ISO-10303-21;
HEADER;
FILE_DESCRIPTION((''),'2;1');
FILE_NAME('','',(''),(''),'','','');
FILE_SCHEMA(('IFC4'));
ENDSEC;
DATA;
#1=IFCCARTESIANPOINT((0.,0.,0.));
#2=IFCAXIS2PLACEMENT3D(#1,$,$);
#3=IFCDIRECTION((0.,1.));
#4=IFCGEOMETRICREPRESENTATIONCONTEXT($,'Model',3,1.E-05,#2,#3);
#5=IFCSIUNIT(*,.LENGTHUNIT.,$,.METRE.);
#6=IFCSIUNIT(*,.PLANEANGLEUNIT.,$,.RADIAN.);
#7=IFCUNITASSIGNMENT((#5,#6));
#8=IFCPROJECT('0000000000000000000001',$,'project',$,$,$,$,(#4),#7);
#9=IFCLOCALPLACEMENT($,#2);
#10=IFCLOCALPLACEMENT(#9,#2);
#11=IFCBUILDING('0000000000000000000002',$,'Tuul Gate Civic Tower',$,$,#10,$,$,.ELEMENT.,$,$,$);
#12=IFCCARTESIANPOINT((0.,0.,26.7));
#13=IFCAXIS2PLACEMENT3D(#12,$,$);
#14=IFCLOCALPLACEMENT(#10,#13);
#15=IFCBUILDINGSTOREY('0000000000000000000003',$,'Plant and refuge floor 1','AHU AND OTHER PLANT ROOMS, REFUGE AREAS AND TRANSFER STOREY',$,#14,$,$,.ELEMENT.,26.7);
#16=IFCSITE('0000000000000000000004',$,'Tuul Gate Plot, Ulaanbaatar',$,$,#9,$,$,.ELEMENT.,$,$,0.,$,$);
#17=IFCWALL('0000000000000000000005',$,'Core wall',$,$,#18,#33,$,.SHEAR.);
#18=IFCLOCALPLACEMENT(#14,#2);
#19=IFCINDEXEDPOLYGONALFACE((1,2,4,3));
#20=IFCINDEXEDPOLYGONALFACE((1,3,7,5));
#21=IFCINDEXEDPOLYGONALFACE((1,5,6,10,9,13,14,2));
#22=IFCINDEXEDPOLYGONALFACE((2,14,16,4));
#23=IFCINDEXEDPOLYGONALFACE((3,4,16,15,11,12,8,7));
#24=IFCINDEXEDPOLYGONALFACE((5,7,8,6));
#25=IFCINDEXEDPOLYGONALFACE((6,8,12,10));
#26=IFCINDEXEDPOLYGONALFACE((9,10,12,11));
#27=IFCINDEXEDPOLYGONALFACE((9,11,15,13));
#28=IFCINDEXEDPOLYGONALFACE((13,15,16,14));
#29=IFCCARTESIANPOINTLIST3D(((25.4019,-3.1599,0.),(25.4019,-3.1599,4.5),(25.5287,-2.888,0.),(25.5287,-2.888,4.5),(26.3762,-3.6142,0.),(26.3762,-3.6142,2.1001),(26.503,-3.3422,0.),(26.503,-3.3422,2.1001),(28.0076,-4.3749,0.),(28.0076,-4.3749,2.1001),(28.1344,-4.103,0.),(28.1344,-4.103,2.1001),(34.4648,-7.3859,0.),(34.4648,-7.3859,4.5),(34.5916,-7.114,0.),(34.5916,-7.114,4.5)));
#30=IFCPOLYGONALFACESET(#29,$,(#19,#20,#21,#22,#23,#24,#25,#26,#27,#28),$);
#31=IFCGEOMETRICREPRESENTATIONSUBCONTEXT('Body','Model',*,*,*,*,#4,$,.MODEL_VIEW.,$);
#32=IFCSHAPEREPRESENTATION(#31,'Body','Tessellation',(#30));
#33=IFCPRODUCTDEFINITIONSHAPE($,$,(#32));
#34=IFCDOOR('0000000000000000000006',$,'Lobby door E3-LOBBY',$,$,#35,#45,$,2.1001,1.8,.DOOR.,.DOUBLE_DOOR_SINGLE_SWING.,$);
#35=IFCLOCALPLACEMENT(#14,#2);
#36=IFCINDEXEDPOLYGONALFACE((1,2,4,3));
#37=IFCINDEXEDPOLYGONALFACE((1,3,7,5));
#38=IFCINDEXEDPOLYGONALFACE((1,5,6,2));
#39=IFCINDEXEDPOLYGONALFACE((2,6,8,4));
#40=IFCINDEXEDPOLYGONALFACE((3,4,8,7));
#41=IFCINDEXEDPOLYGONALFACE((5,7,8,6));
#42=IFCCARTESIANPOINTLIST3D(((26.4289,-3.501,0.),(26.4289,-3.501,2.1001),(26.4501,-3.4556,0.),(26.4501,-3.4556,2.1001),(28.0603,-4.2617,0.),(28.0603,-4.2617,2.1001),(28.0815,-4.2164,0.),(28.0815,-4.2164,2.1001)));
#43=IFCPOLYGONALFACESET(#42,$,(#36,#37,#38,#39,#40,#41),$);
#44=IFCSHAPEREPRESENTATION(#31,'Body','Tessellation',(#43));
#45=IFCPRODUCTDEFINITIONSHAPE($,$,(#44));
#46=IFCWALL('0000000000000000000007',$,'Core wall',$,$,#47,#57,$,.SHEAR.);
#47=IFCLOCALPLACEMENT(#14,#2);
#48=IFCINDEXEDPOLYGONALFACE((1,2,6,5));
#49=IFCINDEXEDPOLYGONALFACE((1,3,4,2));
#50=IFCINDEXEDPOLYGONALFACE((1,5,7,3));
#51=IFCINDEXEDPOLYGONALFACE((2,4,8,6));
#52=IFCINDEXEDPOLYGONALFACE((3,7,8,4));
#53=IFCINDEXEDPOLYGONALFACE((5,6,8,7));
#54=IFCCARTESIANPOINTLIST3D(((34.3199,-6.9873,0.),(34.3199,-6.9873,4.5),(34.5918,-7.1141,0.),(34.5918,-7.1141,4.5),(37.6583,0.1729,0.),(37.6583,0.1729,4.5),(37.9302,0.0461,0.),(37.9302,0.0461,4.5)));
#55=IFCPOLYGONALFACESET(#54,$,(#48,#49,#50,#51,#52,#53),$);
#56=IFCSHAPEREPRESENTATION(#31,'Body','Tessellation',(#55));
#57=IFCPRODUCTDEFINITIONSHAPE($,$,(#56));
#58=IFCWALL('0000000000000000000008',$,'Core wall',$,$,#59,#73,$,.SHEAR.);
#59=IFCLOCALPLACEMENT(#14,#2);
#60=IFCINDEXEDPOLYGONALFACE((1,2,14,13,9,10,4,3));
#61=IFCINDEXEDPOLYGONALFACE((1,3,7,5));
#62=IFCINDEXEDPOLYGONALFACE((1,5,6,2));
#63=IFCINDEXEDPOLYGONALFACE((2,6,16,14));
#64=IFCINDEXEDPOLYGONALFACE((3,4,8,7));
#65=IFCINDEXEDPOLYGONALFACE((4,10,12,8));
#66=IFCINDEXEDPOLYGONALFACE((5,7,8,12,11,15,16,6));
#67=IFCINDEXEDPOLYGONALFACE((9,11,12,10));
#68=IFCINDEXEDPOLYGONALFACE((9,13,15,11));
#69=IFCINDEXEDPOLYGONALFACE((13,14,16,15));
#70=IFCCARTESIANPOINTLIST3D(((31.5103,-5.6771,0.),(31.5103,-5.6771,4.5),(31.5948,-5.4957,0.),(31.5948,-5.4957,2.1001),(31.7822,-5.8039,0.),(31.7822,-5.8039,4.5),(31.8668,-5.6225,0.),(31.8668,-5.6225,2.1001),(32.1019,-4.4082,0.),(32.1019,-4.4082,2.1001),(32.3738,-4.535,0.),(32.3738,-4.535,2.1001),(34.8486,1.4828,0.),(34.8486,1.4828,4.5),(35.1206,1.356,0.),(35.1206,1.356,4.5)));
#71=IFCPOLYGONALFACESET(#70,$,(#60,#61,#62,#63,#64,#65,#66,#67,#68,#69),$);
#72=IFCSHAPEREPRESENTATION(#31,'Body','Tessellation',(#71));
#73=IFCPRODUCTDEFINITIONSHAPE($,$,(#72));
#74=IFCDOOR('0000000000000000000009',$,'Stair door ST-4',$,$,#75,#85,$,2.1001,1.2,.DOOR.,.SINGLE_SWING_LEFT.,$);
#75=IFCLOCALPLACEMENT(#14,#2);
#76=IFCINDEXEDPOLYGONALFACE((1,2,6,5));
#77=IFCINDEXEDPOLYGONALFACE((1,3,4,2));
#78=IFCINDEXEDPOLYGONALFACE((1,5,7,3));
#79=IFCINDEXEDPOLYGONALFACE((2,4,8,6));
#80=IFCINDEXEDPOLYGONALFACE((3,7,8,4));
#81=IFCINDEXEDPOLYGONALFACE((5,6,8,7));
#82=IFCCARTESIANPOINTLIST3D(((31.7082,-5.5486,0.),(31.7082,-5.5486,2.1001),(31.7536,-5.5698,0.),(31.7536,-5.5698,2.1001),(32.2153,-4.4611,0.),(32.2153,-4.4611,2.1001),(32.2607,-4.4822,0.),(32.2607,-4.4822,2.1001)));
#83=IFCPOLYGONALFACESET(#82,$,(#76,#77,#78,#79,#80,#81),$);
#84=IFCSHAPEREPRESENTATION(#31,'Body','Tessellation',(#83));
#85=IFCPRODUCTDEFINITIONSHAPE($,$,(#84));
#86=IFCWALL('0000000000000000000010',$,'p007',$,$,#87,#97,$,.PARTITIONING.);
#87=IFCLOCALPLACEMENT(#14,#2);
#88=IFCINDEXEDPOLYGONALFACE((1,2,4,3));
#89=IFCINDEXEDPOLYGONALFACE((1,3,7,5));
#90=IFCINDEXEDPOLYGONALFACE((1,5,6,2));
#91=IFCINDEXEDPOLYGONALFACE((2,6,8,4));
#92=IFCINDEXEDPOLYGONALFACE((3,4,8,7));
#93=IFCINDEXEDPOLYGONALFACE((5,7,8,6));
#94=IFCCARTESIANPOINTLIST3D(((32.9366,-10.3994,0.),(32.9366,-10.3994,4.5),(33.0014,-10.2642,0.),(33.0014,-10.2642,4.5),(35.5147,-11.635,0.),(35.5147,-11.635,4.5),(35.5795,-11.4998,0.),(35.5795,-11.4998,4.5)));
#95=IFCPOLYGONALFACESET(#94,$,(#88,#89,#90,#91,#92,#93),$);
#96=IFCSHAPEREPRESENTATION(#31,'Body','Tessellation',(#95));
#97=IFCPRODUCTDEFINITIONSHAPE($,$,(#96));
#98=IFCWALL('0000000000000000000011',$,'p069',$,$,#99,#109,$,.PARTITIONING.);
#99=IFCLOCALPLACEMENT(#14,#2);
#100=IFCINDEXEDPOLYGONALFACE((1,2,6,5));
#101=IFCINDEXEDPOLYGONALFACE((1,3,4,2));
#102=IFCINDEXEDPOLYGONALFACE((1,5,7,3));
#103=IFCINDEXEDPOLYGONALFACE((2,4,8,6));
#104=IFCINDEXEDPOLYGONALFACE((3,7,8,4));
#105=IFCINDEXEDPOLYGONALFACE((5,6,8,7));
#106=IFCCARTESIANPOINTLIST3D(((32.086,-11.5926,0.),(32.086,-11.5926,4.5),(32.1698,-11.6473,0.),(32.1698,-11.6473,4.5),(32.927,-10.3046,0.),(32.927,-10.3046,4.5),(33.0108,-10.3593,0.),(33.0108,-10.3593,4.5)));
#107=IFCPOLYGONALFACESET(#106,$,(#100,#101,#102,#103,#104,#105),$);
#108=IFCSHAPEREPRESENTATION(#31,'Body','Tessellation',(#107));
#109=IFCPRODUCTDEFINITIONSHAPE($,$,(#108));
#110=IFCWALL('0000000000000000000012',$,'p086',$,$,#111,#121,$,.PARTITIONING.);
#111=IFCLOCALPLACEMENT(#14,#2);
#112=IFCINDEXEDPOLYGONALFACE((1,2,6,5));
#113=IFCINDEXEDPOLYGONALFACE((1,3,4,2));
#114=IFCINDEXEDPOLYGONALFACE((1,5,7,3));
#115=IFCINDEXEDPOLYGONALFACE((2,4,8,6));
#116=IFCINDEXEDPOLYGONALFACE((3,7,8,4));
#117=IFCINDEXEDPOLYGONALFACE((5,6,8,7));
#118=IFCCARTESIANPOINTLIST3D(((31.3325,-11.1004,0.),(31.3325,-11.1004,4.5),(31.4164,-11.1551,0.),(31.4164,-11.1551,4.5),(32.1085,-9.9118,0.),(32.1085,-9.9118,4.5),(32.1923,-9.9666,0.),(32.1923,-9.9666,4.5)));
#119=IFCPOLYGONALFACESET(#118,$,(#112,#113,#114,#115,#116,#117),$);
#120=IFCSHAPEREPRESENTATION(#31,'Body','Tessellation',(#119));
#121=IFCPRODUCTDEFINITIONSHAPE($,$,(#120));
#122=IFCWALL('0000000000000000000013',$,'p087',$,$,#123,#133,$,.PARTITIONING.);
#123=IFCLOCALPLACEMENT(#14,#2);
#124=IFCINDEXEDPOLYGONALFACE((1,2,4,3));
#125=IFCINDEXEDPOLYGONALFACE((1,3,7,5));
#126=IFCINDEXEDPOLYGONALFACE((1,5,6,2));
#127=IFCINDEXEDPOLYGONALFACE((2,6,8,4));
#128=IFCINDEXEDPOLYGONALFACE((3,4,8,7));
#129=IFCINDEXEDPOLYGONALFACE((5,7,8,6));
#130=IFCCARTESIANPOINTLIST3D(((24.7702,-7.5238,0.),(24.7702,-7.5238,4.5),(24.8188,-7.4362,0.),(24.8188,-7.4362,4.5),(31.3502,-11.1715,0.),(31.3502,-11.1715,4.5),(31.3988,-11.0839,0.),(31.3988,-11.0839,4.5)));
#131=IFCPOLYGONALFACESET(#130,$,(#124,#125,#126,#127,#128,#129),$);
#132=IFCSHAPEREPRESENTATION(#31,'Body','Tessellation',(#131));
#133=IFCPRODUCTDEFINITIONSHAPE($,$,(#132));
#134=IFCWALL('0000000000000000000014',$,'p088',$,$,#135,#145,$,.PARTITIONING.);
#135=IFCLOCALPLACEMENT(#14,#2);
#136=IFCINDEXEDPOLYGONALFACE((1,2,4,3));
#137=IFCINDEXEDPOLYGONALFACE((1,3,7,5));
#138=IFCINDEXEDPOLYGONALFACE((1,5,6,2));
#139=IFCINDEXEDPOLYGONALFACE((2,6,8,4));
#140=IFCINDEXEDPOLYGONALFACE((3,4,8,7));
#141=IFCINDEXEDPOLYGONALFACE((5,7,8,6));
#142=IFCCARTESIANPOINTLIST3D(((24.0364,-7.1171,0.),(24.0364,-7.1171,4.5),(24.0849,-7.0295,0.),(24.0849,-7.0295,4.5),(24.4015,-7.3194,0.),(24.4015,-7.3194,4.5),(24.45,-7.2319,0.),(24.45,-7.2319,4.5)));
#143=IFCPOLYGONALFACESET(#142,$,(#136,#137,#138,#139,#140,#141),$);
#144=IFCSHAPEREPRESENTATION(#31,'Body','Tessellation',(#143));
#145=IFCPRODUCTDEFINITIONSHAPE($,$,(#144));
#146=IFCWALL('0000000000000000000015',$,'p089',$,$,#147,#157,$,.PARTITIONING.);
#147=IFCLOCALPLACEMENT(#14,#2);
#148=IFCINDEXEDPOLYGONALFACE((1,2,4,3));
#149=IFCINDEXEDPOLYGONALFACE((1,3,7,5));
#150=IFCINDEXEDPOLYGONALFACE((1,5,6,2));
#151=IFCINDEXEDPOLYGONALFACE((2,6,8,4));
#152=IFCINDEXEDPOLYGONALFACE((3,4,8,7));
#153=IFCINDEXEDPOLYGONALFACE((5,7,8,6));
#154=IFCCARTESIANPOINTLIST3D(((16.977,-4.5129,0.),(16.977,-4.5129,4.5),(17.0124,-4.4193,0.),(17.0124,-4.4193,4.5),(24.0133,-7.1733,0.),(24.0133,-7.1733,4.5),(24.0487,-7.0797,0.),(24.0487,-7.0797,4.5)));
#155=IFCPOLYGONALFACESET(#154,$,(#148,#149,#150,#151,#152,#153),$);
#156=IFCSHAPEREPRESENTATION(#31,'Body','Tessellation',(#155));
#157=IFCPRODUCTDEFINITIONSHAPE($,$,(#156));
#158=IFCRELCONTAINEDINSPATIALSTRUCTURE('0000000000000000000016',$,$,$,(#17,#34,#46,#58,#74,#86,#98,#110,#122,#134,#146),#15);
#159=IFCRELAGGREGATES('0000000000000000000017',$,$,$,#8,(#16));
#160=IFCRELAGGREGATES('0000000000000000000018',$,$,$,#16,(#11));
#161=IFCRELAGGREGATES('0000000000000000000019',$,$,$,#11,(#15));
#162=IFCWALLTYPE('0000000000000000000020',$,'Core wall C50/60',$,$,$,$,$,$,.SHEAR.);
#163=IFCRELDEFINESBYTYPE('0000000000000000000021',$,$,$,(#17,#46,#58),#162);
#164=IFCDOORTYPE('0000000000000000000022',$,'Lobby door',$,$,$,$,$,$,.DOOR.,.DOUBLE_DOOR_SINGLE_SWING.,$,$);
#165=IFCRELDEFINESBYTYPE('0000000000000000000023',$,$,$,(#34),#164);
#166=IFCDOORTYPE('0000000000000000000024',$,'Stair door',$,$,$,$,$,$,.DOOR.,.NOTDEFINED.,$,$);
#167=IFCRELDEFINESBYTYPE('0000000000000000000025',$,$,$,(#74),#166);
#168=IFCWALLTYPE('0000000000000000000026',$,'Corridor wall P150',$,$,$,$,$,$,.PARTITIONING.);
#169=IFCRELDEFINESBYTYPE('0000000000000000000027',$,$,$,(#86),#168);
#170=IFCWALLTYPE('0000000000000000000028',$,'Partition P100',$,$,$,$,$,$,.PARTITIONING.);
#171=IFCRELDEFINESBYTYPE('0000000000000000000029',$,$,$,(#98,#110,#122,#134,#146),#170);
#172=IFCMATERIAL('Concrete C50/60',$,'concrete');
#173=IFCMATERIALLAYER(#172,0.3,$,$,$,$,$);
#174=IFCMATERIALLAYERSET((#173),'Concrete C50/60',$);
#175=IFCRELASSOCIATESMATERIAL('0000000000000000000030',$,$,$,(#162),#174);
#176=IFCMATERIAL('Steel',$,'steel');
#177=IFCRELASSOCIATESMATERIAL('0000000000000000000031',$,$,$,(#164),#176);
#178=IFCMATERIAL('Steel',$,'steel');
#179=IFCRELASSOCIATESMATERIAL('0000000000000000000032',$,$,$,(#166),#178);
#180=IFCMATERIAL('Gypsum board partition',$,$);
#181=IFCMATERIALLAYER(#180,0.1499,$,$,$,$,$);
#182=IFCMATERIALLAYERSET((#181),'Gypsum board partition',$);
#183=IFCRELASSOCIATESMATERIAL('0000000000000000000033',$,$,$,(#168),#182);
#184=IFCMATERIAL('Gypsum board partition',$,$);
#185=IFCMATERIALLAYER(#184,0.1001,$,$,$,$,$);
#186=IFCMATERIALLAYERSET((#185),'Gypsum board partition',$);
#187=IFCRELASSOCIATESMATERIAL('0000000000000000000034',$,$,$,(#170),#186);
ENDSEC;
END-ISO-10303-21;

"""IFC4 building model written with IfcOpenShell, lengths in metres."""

from ifc_helpers import new_model, si_unit, direction, frame, frame_2d, origin, place, context, subcontext, project, spatial, rectangle, extrude, material, layer, layer_set, type_object, element, fill, save


model = new_model("IFC4")

# Units and contexts
model_context = context("Model", 3, precision=1e-05, world=origin(), true_north=direction((0.0, 1.0)))
body_context = subcontext(model_context, "Body", "Model", "MODEL_VIEW")
ifc_project = project(units=[si_unit("LENGTHUNIT", "METRE"), si_unit("PLANEANGLEUNIT", "RADIAN")], contexts=[model_context])

# Site, building, storey
site_placement = place(None, origin())
site = spatial("IfcSite", under=ifc_project, at=site_placement, Name="Tuul Gate Plot, Ulaanbaatar", CompositionType="ELEMENT", RefElevation=0.0)
building_placement = place(site_placement, origin())
building = spatial("IfcBuilding", under=site, at=building_placement, Name="Tuul Gate Civic Tower", CompositionType="ELEMENT")
storey_placement = place(building_placement, frame((0.0, 0.0, 26.7)))
storey = spatial("IfcBuildingStorey", under=building, at=storey_placement, Name="Plant and refuge floor 1", Description="AHU AND OTHER PLANT ROOMS, REFUGE AREAS AND TRANSFER STOREY", CompositionType="ELEMENT", Elevation=26.7)

# Wall, opening, door
ifc_material_1 = material(Name="Concrete C50/60", Category="concrete")
ifc_layer_1 = layer(ifc_material_1, 0.3)
ifc_layer_set_1 = layer_set([ifc_layer_1], Name="Concrete C50/60")
wall_type_1 = type_object("IfcWallType", Name="Core wall C50/60", PredefinedType="SHEAR", material=ifc_layer_set_1)
wall_1_placement = place(storey_placement, frame((34.5283, -7.25, 0.0), z_axis=(0.0, 0.0, 1.0), x_axis=(-0.90631, 0.422613, 0.0)))
wall_1 = element("IfcWall", 1, at=wall_1_placement, inside=storey, type_object=wall_type_1, Name="Core wall", PredefinedType="SHEAR", context=body_context, shape_type="SweptSolid", body=[
    extrude(rectangle(XDim=9.9998, YDim=0.3, at=frame_2d((5.0, 0.0))), origin(), (0.0, 0.0, 1.0), 4.5),
])
opening_1_placement = place(wall_1_placement, frame((7.125, 0.0, 0.0)))
opening_1 = element("IfcOpeningElement", 2, at=opening_1_placement, cuts=wall_1, PredefinedType="OPENING", context=body_context, shape_type="SweptSolid", body=[
    extrude(rectangle(XDim=1.8, YDim=2.1001, at=frame_2d((0.8999, 1.05))), frame((0.0, 0.1602, 0.0), z_axis=(0.0, -1.0, 0.0), x_axis=(1.0, 0.0, 0.0)), (0.0, 0.0, 1.0), 0.3201),
])
ifc_material_2 = material(Name="Steel", Category="steel")
door_type_1 = type_object("IfcDoorType", Name="Lobby door", OperationType="DOUBLE_DOOR_SINGLE_SWING", PredefinedType="DOOR", material=ifc_material_2)
door_1_placement = place(opening_1_placement, frame((1.8, 0.0, 0.0), z_axis=(0.0, 0.0, 1.0), x_axis=(-1.0, 0.0, 0.0)))
door_1 = element("IfcDoor", 3, at=door_1_placement, inside=storey, type_object=door_type_1, Name="Lobby door E3-LOBBY", OperationType="DOUBLE_DOOR_SINGLE_SWING", OverallHeight=2.1001, OverallWidth=1.8, PredefinedType="DOOR", context=body_context, shape_type="SweptSolid", body=[
    extrude(rectangle(XDim=1.8, YDim=2.1001, at=frame_2d((0.9001, 1.05))), frame((0.0, 0.0249, 0.0), z_axis=(0.0, -1.0, 0.0), x_axis=(1.0, 0.0, 0.0)), (0.0, 0.0, 1.0), 0.05),
])
fill(opening_1, door_1)

# Wall
wall_2_placement = place(storey_placement, frame((34.4558, -7.0508, 0.0), z_axis=(0.0, 0.0, 1.0), x_axis=(0.422571, 0.90633, 0.0)))
element("IfcWall", 4, at=wall_2_placement, inside=storey, type_object=wall_type_1, Name="Core wall", PredefinedType="SHEAR", context=body_context, shape_type="SweptSolid", body=[
    extrude(rectangle(XDim=7.9001, YDim=0.3, at=frame_2d((3.9502, 0.0))), origin(), (0.0, 0.0, 1.0), 4.5),
])

# Wall, opening, door
wall_3_placement = place(storey_placement, frame((31.6462, -5.7405, 0.0), z_axis=(0.0, 0.0, 1.0), x_axis=(0.422583, 0.906324, 0.0)))
wall_3 = element("IfcWall", 5, at=wall_3_placement, inside=storey, type_object=wall_type_1, Name="Core wall", PredefinedType="SHEAR", context=body_context, shape_type="SweptSolid", body=[
    extrude(rectangle(XDim=7.8999, YDim=0.3, at=frame_2d((3.95, 0.0))), origin(), (0.0, 0.0, 1.0), 4.5),
])
opening_2_placement = place(wall_3_placement, frame((0.2, 0.0, 0.0)))
opening_2 = element("IfcOpeningElement", 6, at=opening_2_placement, cuts=wall_3, PredefinedType="OPENING", context=body_context, shape_type="SweptSolid", body=[
    extrude(rectangle(XDim=1.2, YDim=2.1001, at=frame_2d((0.6001, 1.05))), frame((0.0, 0.1602, 0.0), z_axis=(0.0, -1.0, 0.0), x_axis=(1.0, 0.0, 0.0)), (0.0, 0.0, 1.0), 0.3201),
])
ifc_material_3 = material(Name="Steel", Category="steel")
door_type_2 = type_object("IfcDoorType", Name="Stair door", OperationType="NOTDEFINED", PredefinedType="DOOR", material=ifc_material_3)
door_2_placement = place(opening_2_placement, origin())
door_2 = element("IfcDoor", 7, at=door_2_placement, inside=storey, type_object=door_type_2, Name="Stair door ST-4", OperationType="SINGLE_SWING_LEFT", OverallHeight=2.1001, OverallWidth=1.2, PredefinedType="DOOR", context=body_context, shape_type="SweptSolid", body=[
    extrude(rectangle(XDim=1.2, YDim=2.1001, at=frame_2d((0.6001, 1.05))), frame((0.0, 0.0249, 0.0), z_axis=(0.0, -1.0, 0.0), x_axis=(1.0, 0.0, 0.0)), (0.0, 0.0, 1.0), 0.05),
])
fill(opening_2, door_2)

# Walls
ifc_material_4 = material(Name="Gypsum board partition")
ifc_layer_2 = layer(ifc_material_4, 0.1499)
ifc_layer_set_2 = layer_set([ifc_layer_2], Name="Gypsum board partition")
wall_type_2 = type_object("IfcWallType", Name="Corridor wall P150", PredefinedType="PARTITIONING", material=ifc_layer_set_2)
wall_4_placement = place(storey_placement, frame((32.969, -10.3318, 0.0), z_axis=(0.0, 0.0, 1.0), x_axis=(0.901783, -0.43219, 0.0)))
element("IfcWall", 8, at=wall_4_placement, inside=storey, type_object=wall_type_2, Name="p007", PredefinedType="PARTITIONING", context=body_context, shape_type="SweptSolid", body=[
    extrude(rectangle(XDim=2.8589, YDim=0.1499, at=frame_2d((1.4294, 0.0))), origin(), (0.0, 0.0, 1.0), 4.5),
])
ifc_material_5 = material(Name="Gypsum board partition")
ifc_layer_3 = layer(ifc_material_5, 0.1001)
ifc_layer_set_3 = layer_set([ifc_layer_3], Name="Gypsum board partition")
wall_type_3 = type_object("IfcWallType", Name="Partition P100", PredefinedType="PARTITIONING", material=ifc_layer_set_3)
wall_5_placement = place(storey_placement, frame((32.1279, -11.6199, 0.0), z_axis=(0.0, 0.0, 1.0), x_axis=(0.546728, 0.837311, 0.0)))
element("IfcWall", 9, at=wall_5_placement, inside=storey, type_object=wall_type_3, Name="p069", PredefinedType="PARTITIONING", context=body_context, shape_type="SweptSolid", body=[
    extrude(rectangle(XDim=1.5383, YDim=0.1001, at=frame_2d((0.769, 0.0))), origin(), (0.0, 0.0, 1.0), 4.5),
])
wall_6_placement = place(storey_placement, frame((32.1504, -9.9392, 0.0), z_axis=(0.0, 0.0, 1.0), x_axis=(-0.546656, -0.837357, 0.0)))
element("IfcWall", 10, at=wall_6_placement, inside=storey, type_object=wall_type_3, Name="p086", PredefinedType="PARTITIONING", context=body_context, shape_type="SweptSolid", body=[
    extrude(rectangle(XDim=1.4194, YDim=0.1001, at=frame_2d((0.7097, 0.0))), origin(), (0.0, 0.0, 1.0), 4.5),
])
wall_7_placement = place(storey_placement, frame((31.3745, -11.1277, 0.0), z_axis=(0.0, 0.0, 1.0), x_axis=(-0.874602, 0.484841, 0.0)))
element("IfcWall", 11, at=wall_7_placement, inside=storey, type_object=wall_type_3, Name="p087", PredefinedType="PARTITIONING", context=body_context, shape_type="SweptSolid", body=[
    extrude(rectangle(XDim=7.5234, YDim=0.1001, at=frame_2d((3.7617, 0.0))), origin(), (0.0, 0.0, 1.0), 4.5),
])
wall_8_placement = place(storey_placement, frame((24.4258, -7.2756, 0.0), z_axis=(0.0, 0.0, 1.0), x_axis=(-0.874681, 0.484699, 0.0)))
element("IfcWall", 12, at=wall_8_placement, inside=storey, type_object=wall_type_3, Name="p088", PredefinedType="PARTITIONING", context=body_context, shape_type="SweptSolid", body=[
    extrude(rectangle(XDim=0.4175, YDim=0.1001, at=frame_2d((0.2087, 0.0))), origin(), (0.0, 0.0, 1.0), 4.5),
])
wall_9_placement = place(storey_placement, frame((24.031, -7.1265, 0.0), z_axis=(0.0, 0.0, 1.0), x_axis=(-0.935375, 0.353658, 0.0)))
element("IfcWall", 13, at=wall_9_placement, inside=storey, type_object=wall_type_3, Name="p089", PredefinedType="PARTITIONING", context=body_context, shape_type="SweptSolid", body=[
    extrude(rectangle(XDim=7.5225, YDim=0.1001, at=frame_2d((3.7612, 0.0))), origin(), (0.0, 0.0, 1.0), 4.5),
])

save(model, "model.ifc")
